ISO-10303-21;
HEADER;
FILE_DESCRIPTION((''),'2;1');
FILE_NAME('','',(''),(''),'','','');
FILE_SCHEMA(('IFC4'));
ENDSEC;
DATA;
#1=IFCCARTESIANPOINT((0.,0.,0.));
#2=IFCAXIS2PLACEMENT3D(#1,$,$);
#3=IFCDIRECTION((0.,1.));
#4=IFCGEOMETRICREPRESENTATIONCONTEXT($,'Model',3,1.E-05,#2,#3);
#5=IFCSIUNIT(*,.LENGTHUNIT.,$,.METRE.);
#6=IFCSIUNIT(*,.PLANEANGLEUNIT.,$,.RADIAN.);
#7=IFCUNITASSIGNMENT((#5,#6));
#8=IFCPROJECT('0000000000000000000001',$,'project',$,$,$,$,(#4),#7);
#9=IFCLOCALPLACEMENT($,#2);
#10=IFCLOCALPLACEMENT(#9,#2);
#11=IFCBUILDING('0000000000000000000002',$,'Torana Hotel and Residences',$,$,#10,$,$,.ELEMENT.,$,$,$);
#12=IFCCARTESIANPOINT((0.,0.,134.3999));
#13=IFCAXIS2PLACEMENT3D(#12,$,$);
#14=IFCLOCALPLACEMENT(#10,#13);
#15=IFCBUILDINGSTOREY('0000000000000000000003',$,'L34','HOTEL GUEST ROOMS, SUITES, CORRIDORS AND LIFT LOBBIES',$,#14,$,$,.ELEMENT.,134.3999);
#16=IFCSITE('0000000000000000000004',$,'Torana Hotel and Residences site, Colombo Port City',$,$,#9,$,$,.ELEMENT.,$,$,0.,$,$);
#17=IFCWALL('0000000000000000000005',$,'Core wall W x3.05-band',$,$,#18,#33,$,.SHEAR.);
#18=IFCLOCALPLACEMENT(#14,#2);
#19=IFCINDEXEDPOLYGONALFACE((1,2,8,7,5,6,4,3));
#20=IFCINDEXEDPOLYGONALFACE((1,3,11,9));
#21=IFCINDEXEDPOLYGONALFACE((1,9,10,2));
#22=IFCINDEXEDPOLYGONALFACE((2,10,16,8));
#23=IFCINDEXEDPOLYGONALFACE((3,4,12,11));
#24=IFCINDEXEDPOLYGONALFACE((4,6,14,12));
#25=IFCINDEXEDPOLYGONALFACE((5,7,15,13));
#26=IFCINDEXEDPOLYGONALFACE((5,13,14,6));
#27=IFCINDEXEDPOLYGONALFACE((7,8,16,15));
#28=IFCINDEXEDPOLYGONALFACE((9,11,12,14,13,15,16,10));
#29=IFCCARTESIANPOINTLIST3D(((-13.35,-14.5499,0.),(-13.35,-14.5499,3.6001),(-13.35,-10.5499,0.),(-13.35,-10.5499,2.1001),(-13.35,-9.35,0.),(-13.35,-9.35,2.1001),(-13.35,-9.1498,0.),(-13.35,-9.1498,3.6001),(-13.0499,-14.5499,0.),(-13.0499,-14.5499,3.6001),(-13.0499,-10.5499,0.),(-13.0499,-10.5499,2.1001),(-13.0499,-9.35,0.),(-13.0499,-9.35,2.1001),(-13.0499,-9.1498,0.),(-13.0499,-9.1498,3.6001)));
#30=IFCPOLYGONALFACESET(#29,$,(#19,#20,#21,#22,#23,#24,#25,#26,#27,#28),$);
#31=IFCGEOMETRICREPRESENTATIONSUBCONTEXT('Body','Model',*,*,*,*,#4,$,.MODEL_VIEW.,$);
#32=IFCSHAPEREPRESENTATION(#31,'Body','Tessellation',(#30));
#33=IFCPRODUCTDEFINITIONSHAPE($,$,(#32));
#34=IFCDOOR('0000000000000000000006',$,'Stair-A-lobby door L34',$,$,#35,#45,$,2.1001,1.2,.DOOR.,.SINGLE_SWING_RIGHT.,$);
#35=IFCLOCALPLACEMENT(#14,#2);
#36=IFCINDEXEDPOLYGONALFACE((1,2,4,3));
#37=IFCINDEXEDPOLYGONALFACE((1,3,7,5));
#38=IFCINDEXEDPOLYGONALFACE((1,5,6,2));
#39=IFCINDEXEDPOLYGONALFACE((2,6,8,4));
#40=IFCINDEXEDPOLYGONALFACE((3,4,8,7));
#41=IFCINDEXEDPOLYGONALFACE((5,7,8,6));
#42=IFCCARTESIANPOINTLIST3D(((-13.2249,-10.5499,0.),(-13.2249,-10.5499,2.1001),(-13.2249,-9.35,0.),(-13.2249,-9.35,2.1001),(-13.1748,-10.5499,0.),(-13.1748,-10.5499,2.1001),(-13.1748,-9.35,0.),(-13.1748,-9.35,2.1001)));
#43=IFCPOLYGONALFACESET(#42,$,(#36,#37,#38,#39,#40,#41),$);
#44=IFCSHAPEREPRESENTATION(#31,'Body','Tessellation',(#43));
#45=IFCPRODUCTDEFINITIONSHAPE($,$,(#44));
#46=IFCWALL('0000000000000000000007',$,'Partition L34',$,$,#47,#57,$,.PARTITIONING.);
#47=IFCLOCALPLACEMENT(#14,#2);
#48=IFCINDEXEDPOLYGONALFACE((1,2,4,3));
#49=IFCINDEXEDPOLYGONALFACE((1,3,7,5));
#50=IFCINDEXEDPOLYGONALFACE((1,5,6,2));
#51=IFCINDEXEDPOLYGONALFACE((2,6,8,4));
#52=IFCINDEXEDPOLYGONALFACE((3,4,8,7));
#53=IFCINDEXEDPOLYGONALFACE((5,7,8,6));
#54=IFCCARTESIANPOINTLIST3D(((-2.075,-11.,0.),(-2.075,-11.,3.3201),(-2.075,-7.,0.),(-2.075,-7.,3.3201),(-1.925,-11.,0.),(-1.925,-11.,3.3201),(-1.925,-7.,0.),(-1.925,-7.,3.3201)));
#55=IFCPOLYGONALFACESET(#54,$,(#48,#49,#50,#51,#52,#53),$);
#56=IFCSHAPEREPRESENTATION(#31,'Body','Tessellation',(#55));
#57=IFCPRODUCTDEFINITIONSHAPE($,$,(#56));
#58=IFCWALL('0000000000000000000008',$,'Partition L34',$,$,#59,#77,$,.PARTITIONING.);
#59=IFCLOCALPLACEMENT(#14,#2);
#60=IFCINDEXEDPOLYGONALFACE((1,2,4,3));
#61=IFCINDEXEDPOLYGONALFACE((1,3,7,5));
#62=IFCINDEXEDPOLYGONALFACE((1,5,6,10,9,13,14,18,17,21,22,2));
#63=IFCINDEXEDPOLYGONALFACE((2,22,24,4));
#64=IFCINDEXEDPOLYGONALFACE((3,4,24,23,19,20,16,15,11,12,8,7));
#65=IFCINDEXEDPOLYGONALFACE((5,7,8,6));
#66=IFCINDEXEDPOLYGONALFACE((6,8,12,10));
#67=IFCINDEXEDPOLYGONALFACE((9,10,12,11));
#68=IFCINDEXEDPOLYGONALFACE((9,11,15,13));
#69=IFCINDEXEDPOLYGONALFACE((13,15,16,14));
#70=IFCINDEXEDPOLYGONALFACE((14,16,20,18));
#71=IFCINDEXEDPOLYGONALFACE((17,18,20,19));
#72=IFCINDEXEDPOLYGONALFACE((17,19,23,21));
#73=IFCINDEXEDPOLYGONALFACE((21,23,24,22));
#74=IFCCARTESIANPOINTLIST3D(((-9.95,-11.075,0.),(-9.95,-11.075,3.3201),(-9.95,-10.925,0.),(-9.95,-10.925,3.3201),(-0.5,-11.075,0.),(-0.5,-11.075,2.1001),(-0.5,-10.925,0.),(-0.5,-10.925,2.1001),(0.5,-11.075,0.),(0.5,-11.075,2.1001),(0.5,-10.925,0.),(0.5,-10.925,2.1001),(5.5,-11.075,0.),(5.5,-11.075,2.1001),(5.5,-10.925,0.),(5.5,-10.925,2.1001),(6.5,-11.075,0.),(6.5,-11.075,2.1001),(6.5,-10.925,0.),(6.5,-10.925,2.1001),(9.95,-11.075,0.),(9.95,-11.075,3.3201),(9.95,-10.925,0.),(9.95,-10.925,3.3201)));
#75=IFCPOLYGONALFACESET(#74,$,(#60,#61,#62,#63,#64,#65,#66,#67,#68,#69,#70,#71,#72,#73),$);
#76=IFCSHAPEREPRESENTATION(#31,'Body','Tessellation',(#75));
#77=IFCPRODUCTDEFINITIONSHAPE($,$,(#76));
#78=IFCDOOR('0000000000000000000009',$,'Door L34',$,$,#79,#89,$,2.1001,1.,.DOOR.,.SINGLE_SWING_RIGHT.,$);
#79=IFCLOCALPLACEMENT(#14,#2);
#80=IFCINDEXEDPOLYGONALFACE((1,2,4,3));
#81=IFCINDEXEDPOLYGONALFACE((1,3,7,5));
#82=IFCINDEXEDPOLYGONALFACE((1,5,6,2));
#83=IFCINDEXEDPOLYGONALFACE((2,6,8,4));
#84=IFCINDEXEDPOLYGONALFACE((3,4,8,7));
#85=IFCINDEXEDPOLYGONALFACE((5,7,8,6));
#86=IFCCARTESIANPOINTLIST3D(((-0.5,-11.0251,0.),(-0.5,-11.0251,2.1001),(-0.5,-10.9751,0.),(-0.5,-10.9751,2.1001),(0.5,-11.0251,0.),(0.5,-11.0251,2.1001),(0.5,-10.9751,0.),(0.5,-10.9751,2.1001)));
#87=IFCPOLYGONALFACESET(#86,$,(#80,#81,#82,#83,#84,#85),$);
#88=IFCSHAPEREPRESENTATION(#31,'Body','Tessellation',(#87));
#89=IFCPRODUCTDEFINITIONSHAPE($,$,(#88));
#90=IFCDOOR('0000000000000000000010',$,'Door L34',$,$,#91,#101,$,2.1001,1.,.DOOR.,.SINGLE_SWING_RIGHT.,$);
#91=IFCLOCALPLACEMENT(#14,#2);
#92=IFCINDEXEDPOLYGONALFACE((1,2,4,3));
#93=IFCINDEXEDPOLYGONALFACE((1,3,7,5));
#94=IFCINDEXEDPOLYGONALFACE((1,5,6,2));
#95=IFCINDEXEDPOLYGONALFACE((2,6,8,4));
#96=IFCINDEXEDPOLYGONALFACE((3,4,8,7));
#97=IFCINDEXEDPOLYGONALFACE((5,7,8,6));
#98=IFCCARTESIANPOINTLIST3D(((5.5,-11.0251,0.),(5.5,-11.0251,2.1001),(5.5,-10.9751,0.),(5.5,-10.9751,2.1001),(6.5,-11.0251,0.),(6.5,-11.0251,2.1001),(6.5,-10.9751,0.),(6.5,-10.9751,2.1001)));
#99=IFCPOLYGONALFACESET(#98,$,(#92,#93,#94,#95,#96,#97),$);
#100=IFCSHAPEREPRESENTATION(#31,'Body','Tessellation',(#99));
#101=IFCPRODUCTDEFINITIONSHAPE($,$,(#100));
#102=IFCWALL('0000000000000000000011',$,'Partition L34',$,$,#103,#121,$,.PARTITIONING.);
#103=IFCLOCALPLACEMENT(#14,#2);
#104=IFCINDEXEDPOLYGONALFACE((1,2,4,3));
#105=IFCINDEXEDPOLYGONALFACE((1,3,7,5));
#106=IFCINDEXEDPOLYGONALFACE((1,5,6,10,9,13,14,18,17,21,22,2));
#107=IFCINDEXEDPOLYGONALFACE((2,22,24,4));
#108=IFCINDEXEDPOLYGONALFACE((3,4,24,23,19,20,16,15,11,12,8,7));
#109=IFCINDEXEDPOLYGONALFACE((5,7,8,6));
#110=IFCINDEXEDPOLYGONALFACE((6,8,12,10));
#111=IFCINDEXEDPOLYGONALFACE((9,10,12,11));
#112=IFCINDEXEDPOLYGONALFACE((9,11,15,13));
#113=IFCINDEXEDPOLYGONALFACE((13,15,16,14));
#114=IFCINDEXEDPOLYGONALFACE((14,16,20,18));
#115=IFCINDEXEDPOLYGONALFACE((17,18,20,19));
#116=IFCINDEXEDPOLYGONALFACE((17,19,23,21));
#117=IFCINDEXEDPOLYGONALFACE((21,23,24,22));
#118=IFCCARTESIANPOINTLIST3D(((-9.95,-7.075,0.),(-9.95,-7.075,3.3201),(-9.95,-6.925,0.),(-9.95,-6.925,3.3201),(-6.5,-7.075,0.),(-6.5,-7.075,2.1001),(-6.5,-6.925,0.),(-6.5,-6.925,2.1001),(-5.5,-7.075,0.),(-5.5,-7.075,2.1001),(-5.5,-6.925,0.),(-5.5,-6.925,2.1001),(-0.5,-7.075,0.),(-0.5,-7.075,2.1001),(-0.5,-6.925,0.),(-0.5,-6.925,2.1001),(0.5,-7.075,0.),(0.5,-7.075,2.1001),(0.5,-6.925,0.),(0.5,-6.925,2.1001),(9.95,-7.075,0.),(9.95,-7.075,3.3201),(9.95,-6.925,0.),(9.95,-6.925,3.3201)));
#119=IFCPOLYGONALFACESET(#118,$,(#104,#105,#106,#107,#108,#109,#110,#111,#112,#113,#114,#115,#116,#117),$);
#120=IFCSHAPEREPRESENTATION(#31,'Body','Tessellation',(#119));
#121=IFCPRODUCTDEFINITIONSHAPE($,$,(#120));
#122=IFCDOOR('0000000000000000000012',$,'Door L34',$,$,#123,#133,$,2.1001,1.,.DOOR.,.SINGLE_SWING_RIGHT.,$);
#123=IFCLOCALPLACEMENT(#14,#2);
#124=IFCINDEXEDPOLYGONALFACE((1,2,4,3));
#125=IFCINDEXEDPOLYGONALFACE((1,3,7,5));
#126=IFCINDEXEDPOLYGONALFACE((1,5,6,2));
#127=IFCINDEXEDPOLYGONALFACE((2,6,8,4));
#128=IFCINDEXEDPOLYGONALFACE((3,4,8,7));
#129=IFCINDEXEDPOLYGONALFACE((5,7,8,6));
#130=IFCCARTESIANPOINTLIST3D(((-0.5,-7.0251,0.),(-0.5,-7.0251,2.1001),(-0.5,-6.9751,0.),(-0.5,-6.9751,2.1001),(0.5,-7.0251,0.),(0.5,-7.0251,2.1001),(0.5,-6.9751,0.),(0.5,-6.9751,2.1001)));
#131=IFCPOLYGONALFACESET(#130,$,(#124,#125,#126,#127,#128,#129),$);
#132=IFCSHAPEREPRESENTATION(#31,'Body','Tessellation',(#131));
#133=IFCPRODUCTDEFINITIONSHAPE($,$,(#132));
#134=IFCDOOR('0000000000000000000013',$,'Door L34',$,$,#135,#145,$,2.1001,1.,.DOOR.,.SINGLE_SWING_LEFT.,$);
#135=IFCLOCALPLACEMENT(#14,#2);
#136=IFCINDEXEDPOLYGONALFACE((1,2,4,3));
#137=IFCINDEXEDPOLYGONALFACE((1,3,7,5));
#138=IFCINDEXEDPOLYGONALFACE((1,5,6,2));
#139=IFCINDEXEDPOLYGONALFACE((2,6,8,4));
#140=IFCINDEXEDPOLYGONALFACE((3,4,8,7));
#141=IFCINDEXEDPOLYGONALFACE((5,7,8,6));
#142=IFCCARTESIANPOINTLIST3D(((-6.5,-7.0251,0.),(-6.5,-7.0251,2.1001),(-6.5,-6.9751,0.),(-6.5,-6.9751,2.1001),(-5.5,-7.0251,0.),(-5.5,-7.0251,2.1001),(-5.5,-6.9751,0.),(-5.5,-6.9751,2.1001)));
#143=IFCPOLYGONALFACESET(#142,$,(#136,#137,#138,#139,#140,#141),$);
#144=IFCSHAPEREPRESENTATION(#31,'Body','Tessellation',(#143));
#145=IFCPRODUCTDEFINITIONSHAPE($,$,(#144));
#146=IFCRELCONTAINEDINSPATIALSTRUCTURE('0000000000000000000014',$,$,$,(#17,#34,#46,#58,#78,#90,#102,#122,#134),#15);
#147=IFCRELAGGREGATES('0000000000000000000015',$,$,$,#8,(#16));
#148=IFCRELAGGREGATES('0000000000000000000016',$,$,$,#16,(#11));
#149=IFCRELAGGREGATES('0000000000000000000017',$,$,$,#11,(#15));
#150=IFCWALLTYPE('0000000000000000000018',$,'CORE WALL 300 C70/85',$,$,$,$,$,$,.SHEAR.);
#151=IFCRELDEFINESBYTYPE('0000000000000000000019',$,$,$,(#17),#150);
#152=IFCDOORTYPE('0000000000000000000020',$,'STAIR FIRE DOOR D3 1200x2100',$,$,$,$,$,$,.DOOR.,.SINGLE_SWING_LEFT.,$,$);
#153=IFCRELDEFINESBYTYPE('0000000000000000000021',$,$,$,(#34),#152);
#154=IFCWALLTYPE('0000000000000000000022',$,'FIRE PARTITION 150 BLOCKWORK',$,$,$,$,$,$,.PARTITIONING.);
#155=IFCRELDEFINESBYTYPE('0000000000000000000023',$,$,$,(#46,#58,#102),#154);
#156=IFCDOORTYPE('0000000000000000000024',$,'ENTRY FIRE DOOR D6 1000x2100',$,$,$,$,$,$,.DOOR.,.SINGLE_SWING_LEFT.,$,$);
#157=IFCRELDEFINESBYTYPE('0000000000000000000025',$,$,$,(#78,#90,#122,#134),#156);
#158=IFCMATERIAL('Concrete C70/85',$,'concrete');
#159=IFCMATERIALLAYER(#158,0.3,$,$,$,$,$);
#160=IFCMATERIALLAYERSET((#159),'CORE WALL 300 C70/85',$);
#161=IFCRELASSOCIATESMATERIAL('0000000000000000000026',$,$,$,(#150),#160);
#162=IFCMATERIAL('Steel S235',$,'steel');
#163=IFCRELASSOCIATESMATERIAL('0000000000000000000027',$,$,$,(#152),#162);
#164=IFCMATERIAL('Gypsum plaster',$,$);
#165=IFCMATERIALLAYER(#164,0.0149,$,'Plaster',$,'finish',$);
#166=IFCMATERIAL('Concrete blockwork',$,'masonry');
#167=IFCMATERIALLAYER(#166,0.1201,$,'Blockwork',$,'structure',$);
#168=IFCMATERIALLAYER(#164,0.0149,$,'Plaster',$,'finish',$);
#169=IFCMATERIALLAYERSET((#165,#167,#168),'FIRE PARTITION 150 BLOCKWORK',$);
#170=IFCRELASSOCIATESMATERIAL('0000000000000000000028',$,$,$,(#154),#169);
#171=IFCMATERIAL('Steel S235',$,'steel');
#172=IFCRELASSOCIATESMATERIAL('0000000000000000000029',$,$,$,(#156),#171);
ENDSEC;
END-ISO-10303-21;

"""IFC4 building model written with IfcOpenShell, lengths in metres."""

from ifc_helpers import new_model, si_unit, direction, frame, frame_2d, origin, place, context, subcontext, project, spatial, rectangle, extrude, material, layer, layer_set, type_object, element, fill, save


model = new_model("IFC4")

# Units and contexts
model_context = context("Model", 3, precision=1e-05, world=origin(), true_north=direction((0.0, 1.0)))
body_context = subcontext(model_context, "Body", "Model", "MODEL_VIEW")
ifc_project = project(units=[si_unit("LENGTHUNIT", "METRE"), si_unit("PLANEANGLEUNIT", "RADIAN")], contexts=[model_context])

# Site, building, storey
site_placement = place(None, origin())
site = spatial("IfcSite", under=ifc_project, at=site_placement, Name="Torana Hotel and Residences site, Colombo Port City", CompositionType="ELEMENT", RefElevation=0.0)
building_placement = place(site_placement, origin())
building = spatial("IfcBuilding", under=site, at=building_placement, Name="Torana Hotel and Residences", CompositionType="ELEMENT")
storey_placement = place(building_placement, frame((0.0, 0.0, 134.3999)))
storey = spatial("IfcBuildingStorey", under=building, at=storey_placement, Name="L34", Description="HOTEL GUEST ROOMS, SUITES, CORRIDORS AND LIFT LOBBIES", CompositionType="ELEMENT", Elevation=134.3999)

# Shared definitions
ifc_material_1 = material(Name="Concrete C70/85", Category="concrete")
ifc_layer_1 = layer(ifc_material_1, 0.3)
ifc_layer_set_1 = layer_set([ifc_layer_1], Name="CORE WALL 300 C70/85")
wall_type_1 = type_object("IfcWallType", Name="CORE WALL 300 C70/85", PredefinedType="SHEAR", material=ifc_layer_set_1)

# Wall, opening, door
wall_1_placement = place(storey_placement, frame((-13.2, -14.55, 0.0), z_axis=(0.0, 0.0, 1.0), x_axis=(0.0, 1.0, 0.0)))
wall_1 = element("IfcWall", 1, at=wall_1_placement, inside=storey, type_object=wall_type_1, Name="Core wall W x3.05-band", PredefinedType="SHEAR", context=body_context, shape_type="SweptSolid", body=[
    extrude(rectangle(XDim=5.4001, YDim=0.3, at=frame_2d((2.7002, 0.0))), origin(), (0.0, 0.0, 1.0), 3.6001),
])
opening_1_placement = place(wall_1_placement, frame((4.0, 0.0, 0.0)))
opening_1 = element("IfcOpeningElement", 2, at=opening_1_placement, cuts=wall_1, PredefinedType="OPENING", context=body_context, shape_type="SweptSolid", body=[
    extrude(rectangle(XDim=1.2, YDim=2.1001, at=frame_2d((0.6001, 1.05))), frame((0.0, 0.1599, 0.0), z_axis=(0.0, -1.0, 0.0), x_axis=(1.0, 0.0, 0.0)), (0.0, 0.0, 1.0), 0.3201),
])
ifc_material_2 = material(Name="Steel S235", Category="steel")
door_type_1 = type_object("IfcDoorType", Name="STAIR FIRE DOOR D3 1200x2100", OperationType="SINGLE_SWING_LEFT", PredefinedType="DOOR", material=ifc_material_2)
door_1_placement = place(opening_1_placement, frame((0.6001, 0.0, 0.0), z_axis=(0.0, 0.0, 1.0), x_axis=(-1.0, 0.0, 0.0)))
door_1 = element("IfcDoor", 3, at=door_1_placement, inside=storey, type_object=door_type_1, Name="Stair-A-lobby door L34", OperationType="SINGLE_SWING_RIGHT", OverallHeight=2.1001, OverallWidth=1.2, PredefinedType="DOOR", context=body_context, shape_type="SweptSolid", body=[
    extrude(rectangle(XDim=1.2, YDim=2.1001, at=frame_2d((0.0, 1.05))), frame((0.0, -0.0249, 0.0), z_axis=(0.0, 1.0, 0.0), x_axis=(-1.0, 0.0, 0.0)), (0.0, 0.0, 1.0), 0.05),
])
fill(opening_1, door_1)

# Wall
ifc_material_3 = material(Name="Gypsum plaster")
ifc_layer_2 = layer(ifc_material_3, 0.0149, Name="Plaster", Category="finish")
ifc_material_4 = material(Name="Concrete blockwork", Category="masonry")
ifc_layer_3 = layer(ifc_material_4, 0.1201, Name="Blockwork", Category="structure")
ifc_layer_4 = layer(ifc_material_3, 0.0149, Name="Plaster", Category="finish")
ifc_layer_set_2 = layer_set([ifc_layer_2, ifc_layer_3, ifc_layer_4], Name="FIRE PARTITION 150 BLOCKWORK")
wall_type_2 = type_object("IfcWallType", Name="FIRE PARTITION 150 BLOCKWORK", PredefinedType="PARTITIONING", material=ifc_layer_set_2)
wall_2_placement = place(storey_placement, frame((-2.0, -11.0, 0.0), z_axis=(0.0, 0.0, 1.0), x_axis=(0.0, 1.0, 0.0)))
element("IfcWall", 4, at=wall_2_placement, inside=storey, type_object=wall_type_2, Name="Partition L34", PredefinedType="PARTITIONING", context=body_context, shape_type="SweptSolid", body=[
    extrude(rectangle(XDim=4.0, YDim=0.1499, at=frame_2d((2.0, 0.0))), origin(), (0.0, 0.0, 1.0), 3.3201),
])

# Walls, openings, doors
wall_3_placement = place(storey_placement, frame((-9.95, -11.0, 0.0), z_axis=(0.0, 0.0, 1.0), x_axis=(1.0, 0.0, 0.0)))
wall_3 = element("IfcWall", 5, at=wall_3_placement, inside=storey, type_object=wall_type_2, Name="Partition L34", PredefinedType="PARTITIONING", context=body_context, shape_type="SweptSolid", body=[
    extrude(rectangle(XDim=19.8999, YDim=0.1499, at=frame_2d((9.95, 0.0))), origin(), (0.0, 0.0, 1.0), 3.3201),
])
opening_2_placement = place(wall_3_placement, frame((9.45, 0.0, 0.0)))
opening_2 = element("IfcOpeningElement", 6, at=opening_2_placement, cuts=wall_3, PredefinedType="OPENING", context=body_context, shape_type="SweptSolid", body=[
    extrude(rectangle(XDim=1.0, YDim=2.1001, at=frame_2d((0.5, 1.05))), frame((0.0, 0.085, 0.0), z_axis=(0.0, -1.0, 0.0), x_axis=(1.0, 0.0, 0.0)), (0.0, 0.0, 1.0), 0.1699),
])
opening_3_placement = place(wall_3_placement, frame((15.45, 0.0, 0.0)))
opening_3 = element("IfcOpeningElement", 7, at=opening_3_placement, cuts=wall_3, PredefinedType="OPENING", context=body_context, shape_type="SweptSolid", body=[
    extrude(rectangle(XDim=1.0, YDim=2.1001, at=frame_2d((0.5, 1.05))), frame((0.0, 0.085, 0.0), z_axis=(0.0, -1.0, 0.0), x_axis=(1.0, 0.0, 0.0)), (0.0, 0.0, 1.0), 0.1699),
])
ifc_material_5 = material(Name="Steel S235", Category="steel")
door_type_2 = type_object("IfcDoorType", Name="ENTRY FIRE DOOR D6 1000x2100", OperationType="SINGLE_SWING_LEFT", PredefinedType="DOOR", material=ifc_material_5)
door_2_placement = place(opening_2_placement, origin())
door_2 = element("IfcDoor", 8, at=door_2_placement, inside=storey, type_object=door_type_2, Name="Door L34", OperationType="SINGLE_SWING_RIGHT", OverallHeight=2.1001, OverallWidth=1.0, PredefinedType="DOOR", context=body_context, shape_type="SweptSolid", body=[
    extrude(rectangle(XDim=1.0, YDim=2.1001, at=frame_2d((0.5, 1.05))), frame((0.0, 0.0249, 0.0), z_axis=(0.0, -1.0, 0.0), x_axis=(1.0, 0.0, 0.0)), (0.0, 0.0, 1.0), 0.05),
])
fill(opening_2, door_2)
door_3_placement = place(opening_3_placement, origin())
door_3 = element("IfcDoor", 9, at=door_3_placement, inside=storey, type_object=door_type_2, Name="Door L34", OperationType="SINGLE_SWING_RIGHT", OverallHeight=2.1001, OverallWidth=1.0, PredefinedType="DOOR", context=body_context, shape_type="SweptSolid", body=[
    extrude(rectangle(XDim=1.0, YDim=2.1001, at=frame_2d((0.5, 1.05))), frame((0.0, 0.0249, 0.0), z_axis=(0.0, -1.0, 0.0), x_axis=(1.0, 0.0, 0.0)), (0.0, 0.0, 1.0), 0.05),
])
fill(opening_3, door_3)
wall_4_placement = place(storey_placement, frame((-9.95, -7.0, 0.0), z_axis=(0.0, 0.0, 1.0), x_axis=(1.0, 0.0, 0.0)))
wall_4 = element("IfcWall", 10, at=wall_4_placement, inside=storey, type_object=wall_type_2, Name="Partition L34", PredefinedType="PARTITIONING", context=body_context, shape_type="SweptSolid", body=[
    extrude(rectangle(XDim=19.8999, YDim=0.1499, at=frame_2d((9.95, 0.0))), origin(), (0.0, 0.0, 1.0), 3.3201),
])
opening_4_placement = place(wall_4_placement, frame((9.45, 0.0, 0.0)))
opening_4 = element("IfcOpeningElement", 11, at=opening_4_placement, cuts=wall_4, PredefinedType="OPENING", context=body_context, shape_type="SweptSolid", body=[
    extrude(rectangle(XDim=1.0, YDim=2.1001, at=frame_2d((0.5, 1.05))), frame((0.0, 0.085, 0.0), z_axis=(0.0, -1.0, 0.0), x_axis=(1.0, 0.0, 0.0)), (0.0, 0.0, 1.0), 0.1699),
])
opening_5_placement = place(wall_4_placement, frame((3.45, 0.0, 0.0)))
opening_5 = element("IfcOpeningElement", 12, at=opening_5_placement, cuts=wall_4, PredefinedType="OPENING", context=body_context, shape_type="SweptSolid", body=[
    extrude(rectangle(XDim=1.0, YDim=2.1001, at=frame_2d((0.5, 1.05))), frame((0.0, 0.085, 0.0), z_axis=(0.0, -1.0, 0.0), x_axis=(1.0, 0.0, 0.0)), (0.0, 0.0, 1.0), 0.1699),
])
door_4_placement = place(opening_4_placement, origin())
door_4 = element("IfcDoor", 13, at=door_4_placement, inside=storey, type_object=door_type_2, Name="Door L34", OperationType="SINGLE_SWING_RIGHT", OverallHeight=2.1001, OverallWidth=1.0, PredefinedType="DOOR", context=body_context, shape_type="SweptSolid", body=[
    extrude(rectangle(XDim=1.0, YDim=2.1001, at=frame_2d((0.5, 1.05))), frame((0.0, 0.0249, 0.0), z_axis=(0.0, -1.0, 0.0), x_axis=(1.0, 0.0, 0.0)), (0.0, 0.0, 1.0), 0.05),
])
fill(opening_4, door_4)
door_5_placement = place(opening_5_placement, frame((0.5, 0.0, 0.0), z_axis=(0.0, 0.0, 1.0), x_axis=(-1.0, 0.0, 0.0)))
door_5 = element("IfcDoor", 14, at=door_5_placement, inside=storey, type_object=door_type_2, Name="Door L34", OperationType="SINGLE_SWING_LEFT", OverallHeight=2.1001, OverallWidth=1.0, PredefinedType="DOOR", context=body_context, shape_type="SweptSolid", body=[
    extrude(rectangle(XDim=1.0, YDim=2.1001, at=frame_2d((0.0, 1.05))), frame((0.0, -0.0249, 0.0), z_axis=(0.0, 1.0, 0.0), x_axis=(-1.0, 0.0, 0.0)), (0.0, 0.0, 1.0), 0.05),
])
fill(opening_5, door_5)

save(model, "model.ifc")
